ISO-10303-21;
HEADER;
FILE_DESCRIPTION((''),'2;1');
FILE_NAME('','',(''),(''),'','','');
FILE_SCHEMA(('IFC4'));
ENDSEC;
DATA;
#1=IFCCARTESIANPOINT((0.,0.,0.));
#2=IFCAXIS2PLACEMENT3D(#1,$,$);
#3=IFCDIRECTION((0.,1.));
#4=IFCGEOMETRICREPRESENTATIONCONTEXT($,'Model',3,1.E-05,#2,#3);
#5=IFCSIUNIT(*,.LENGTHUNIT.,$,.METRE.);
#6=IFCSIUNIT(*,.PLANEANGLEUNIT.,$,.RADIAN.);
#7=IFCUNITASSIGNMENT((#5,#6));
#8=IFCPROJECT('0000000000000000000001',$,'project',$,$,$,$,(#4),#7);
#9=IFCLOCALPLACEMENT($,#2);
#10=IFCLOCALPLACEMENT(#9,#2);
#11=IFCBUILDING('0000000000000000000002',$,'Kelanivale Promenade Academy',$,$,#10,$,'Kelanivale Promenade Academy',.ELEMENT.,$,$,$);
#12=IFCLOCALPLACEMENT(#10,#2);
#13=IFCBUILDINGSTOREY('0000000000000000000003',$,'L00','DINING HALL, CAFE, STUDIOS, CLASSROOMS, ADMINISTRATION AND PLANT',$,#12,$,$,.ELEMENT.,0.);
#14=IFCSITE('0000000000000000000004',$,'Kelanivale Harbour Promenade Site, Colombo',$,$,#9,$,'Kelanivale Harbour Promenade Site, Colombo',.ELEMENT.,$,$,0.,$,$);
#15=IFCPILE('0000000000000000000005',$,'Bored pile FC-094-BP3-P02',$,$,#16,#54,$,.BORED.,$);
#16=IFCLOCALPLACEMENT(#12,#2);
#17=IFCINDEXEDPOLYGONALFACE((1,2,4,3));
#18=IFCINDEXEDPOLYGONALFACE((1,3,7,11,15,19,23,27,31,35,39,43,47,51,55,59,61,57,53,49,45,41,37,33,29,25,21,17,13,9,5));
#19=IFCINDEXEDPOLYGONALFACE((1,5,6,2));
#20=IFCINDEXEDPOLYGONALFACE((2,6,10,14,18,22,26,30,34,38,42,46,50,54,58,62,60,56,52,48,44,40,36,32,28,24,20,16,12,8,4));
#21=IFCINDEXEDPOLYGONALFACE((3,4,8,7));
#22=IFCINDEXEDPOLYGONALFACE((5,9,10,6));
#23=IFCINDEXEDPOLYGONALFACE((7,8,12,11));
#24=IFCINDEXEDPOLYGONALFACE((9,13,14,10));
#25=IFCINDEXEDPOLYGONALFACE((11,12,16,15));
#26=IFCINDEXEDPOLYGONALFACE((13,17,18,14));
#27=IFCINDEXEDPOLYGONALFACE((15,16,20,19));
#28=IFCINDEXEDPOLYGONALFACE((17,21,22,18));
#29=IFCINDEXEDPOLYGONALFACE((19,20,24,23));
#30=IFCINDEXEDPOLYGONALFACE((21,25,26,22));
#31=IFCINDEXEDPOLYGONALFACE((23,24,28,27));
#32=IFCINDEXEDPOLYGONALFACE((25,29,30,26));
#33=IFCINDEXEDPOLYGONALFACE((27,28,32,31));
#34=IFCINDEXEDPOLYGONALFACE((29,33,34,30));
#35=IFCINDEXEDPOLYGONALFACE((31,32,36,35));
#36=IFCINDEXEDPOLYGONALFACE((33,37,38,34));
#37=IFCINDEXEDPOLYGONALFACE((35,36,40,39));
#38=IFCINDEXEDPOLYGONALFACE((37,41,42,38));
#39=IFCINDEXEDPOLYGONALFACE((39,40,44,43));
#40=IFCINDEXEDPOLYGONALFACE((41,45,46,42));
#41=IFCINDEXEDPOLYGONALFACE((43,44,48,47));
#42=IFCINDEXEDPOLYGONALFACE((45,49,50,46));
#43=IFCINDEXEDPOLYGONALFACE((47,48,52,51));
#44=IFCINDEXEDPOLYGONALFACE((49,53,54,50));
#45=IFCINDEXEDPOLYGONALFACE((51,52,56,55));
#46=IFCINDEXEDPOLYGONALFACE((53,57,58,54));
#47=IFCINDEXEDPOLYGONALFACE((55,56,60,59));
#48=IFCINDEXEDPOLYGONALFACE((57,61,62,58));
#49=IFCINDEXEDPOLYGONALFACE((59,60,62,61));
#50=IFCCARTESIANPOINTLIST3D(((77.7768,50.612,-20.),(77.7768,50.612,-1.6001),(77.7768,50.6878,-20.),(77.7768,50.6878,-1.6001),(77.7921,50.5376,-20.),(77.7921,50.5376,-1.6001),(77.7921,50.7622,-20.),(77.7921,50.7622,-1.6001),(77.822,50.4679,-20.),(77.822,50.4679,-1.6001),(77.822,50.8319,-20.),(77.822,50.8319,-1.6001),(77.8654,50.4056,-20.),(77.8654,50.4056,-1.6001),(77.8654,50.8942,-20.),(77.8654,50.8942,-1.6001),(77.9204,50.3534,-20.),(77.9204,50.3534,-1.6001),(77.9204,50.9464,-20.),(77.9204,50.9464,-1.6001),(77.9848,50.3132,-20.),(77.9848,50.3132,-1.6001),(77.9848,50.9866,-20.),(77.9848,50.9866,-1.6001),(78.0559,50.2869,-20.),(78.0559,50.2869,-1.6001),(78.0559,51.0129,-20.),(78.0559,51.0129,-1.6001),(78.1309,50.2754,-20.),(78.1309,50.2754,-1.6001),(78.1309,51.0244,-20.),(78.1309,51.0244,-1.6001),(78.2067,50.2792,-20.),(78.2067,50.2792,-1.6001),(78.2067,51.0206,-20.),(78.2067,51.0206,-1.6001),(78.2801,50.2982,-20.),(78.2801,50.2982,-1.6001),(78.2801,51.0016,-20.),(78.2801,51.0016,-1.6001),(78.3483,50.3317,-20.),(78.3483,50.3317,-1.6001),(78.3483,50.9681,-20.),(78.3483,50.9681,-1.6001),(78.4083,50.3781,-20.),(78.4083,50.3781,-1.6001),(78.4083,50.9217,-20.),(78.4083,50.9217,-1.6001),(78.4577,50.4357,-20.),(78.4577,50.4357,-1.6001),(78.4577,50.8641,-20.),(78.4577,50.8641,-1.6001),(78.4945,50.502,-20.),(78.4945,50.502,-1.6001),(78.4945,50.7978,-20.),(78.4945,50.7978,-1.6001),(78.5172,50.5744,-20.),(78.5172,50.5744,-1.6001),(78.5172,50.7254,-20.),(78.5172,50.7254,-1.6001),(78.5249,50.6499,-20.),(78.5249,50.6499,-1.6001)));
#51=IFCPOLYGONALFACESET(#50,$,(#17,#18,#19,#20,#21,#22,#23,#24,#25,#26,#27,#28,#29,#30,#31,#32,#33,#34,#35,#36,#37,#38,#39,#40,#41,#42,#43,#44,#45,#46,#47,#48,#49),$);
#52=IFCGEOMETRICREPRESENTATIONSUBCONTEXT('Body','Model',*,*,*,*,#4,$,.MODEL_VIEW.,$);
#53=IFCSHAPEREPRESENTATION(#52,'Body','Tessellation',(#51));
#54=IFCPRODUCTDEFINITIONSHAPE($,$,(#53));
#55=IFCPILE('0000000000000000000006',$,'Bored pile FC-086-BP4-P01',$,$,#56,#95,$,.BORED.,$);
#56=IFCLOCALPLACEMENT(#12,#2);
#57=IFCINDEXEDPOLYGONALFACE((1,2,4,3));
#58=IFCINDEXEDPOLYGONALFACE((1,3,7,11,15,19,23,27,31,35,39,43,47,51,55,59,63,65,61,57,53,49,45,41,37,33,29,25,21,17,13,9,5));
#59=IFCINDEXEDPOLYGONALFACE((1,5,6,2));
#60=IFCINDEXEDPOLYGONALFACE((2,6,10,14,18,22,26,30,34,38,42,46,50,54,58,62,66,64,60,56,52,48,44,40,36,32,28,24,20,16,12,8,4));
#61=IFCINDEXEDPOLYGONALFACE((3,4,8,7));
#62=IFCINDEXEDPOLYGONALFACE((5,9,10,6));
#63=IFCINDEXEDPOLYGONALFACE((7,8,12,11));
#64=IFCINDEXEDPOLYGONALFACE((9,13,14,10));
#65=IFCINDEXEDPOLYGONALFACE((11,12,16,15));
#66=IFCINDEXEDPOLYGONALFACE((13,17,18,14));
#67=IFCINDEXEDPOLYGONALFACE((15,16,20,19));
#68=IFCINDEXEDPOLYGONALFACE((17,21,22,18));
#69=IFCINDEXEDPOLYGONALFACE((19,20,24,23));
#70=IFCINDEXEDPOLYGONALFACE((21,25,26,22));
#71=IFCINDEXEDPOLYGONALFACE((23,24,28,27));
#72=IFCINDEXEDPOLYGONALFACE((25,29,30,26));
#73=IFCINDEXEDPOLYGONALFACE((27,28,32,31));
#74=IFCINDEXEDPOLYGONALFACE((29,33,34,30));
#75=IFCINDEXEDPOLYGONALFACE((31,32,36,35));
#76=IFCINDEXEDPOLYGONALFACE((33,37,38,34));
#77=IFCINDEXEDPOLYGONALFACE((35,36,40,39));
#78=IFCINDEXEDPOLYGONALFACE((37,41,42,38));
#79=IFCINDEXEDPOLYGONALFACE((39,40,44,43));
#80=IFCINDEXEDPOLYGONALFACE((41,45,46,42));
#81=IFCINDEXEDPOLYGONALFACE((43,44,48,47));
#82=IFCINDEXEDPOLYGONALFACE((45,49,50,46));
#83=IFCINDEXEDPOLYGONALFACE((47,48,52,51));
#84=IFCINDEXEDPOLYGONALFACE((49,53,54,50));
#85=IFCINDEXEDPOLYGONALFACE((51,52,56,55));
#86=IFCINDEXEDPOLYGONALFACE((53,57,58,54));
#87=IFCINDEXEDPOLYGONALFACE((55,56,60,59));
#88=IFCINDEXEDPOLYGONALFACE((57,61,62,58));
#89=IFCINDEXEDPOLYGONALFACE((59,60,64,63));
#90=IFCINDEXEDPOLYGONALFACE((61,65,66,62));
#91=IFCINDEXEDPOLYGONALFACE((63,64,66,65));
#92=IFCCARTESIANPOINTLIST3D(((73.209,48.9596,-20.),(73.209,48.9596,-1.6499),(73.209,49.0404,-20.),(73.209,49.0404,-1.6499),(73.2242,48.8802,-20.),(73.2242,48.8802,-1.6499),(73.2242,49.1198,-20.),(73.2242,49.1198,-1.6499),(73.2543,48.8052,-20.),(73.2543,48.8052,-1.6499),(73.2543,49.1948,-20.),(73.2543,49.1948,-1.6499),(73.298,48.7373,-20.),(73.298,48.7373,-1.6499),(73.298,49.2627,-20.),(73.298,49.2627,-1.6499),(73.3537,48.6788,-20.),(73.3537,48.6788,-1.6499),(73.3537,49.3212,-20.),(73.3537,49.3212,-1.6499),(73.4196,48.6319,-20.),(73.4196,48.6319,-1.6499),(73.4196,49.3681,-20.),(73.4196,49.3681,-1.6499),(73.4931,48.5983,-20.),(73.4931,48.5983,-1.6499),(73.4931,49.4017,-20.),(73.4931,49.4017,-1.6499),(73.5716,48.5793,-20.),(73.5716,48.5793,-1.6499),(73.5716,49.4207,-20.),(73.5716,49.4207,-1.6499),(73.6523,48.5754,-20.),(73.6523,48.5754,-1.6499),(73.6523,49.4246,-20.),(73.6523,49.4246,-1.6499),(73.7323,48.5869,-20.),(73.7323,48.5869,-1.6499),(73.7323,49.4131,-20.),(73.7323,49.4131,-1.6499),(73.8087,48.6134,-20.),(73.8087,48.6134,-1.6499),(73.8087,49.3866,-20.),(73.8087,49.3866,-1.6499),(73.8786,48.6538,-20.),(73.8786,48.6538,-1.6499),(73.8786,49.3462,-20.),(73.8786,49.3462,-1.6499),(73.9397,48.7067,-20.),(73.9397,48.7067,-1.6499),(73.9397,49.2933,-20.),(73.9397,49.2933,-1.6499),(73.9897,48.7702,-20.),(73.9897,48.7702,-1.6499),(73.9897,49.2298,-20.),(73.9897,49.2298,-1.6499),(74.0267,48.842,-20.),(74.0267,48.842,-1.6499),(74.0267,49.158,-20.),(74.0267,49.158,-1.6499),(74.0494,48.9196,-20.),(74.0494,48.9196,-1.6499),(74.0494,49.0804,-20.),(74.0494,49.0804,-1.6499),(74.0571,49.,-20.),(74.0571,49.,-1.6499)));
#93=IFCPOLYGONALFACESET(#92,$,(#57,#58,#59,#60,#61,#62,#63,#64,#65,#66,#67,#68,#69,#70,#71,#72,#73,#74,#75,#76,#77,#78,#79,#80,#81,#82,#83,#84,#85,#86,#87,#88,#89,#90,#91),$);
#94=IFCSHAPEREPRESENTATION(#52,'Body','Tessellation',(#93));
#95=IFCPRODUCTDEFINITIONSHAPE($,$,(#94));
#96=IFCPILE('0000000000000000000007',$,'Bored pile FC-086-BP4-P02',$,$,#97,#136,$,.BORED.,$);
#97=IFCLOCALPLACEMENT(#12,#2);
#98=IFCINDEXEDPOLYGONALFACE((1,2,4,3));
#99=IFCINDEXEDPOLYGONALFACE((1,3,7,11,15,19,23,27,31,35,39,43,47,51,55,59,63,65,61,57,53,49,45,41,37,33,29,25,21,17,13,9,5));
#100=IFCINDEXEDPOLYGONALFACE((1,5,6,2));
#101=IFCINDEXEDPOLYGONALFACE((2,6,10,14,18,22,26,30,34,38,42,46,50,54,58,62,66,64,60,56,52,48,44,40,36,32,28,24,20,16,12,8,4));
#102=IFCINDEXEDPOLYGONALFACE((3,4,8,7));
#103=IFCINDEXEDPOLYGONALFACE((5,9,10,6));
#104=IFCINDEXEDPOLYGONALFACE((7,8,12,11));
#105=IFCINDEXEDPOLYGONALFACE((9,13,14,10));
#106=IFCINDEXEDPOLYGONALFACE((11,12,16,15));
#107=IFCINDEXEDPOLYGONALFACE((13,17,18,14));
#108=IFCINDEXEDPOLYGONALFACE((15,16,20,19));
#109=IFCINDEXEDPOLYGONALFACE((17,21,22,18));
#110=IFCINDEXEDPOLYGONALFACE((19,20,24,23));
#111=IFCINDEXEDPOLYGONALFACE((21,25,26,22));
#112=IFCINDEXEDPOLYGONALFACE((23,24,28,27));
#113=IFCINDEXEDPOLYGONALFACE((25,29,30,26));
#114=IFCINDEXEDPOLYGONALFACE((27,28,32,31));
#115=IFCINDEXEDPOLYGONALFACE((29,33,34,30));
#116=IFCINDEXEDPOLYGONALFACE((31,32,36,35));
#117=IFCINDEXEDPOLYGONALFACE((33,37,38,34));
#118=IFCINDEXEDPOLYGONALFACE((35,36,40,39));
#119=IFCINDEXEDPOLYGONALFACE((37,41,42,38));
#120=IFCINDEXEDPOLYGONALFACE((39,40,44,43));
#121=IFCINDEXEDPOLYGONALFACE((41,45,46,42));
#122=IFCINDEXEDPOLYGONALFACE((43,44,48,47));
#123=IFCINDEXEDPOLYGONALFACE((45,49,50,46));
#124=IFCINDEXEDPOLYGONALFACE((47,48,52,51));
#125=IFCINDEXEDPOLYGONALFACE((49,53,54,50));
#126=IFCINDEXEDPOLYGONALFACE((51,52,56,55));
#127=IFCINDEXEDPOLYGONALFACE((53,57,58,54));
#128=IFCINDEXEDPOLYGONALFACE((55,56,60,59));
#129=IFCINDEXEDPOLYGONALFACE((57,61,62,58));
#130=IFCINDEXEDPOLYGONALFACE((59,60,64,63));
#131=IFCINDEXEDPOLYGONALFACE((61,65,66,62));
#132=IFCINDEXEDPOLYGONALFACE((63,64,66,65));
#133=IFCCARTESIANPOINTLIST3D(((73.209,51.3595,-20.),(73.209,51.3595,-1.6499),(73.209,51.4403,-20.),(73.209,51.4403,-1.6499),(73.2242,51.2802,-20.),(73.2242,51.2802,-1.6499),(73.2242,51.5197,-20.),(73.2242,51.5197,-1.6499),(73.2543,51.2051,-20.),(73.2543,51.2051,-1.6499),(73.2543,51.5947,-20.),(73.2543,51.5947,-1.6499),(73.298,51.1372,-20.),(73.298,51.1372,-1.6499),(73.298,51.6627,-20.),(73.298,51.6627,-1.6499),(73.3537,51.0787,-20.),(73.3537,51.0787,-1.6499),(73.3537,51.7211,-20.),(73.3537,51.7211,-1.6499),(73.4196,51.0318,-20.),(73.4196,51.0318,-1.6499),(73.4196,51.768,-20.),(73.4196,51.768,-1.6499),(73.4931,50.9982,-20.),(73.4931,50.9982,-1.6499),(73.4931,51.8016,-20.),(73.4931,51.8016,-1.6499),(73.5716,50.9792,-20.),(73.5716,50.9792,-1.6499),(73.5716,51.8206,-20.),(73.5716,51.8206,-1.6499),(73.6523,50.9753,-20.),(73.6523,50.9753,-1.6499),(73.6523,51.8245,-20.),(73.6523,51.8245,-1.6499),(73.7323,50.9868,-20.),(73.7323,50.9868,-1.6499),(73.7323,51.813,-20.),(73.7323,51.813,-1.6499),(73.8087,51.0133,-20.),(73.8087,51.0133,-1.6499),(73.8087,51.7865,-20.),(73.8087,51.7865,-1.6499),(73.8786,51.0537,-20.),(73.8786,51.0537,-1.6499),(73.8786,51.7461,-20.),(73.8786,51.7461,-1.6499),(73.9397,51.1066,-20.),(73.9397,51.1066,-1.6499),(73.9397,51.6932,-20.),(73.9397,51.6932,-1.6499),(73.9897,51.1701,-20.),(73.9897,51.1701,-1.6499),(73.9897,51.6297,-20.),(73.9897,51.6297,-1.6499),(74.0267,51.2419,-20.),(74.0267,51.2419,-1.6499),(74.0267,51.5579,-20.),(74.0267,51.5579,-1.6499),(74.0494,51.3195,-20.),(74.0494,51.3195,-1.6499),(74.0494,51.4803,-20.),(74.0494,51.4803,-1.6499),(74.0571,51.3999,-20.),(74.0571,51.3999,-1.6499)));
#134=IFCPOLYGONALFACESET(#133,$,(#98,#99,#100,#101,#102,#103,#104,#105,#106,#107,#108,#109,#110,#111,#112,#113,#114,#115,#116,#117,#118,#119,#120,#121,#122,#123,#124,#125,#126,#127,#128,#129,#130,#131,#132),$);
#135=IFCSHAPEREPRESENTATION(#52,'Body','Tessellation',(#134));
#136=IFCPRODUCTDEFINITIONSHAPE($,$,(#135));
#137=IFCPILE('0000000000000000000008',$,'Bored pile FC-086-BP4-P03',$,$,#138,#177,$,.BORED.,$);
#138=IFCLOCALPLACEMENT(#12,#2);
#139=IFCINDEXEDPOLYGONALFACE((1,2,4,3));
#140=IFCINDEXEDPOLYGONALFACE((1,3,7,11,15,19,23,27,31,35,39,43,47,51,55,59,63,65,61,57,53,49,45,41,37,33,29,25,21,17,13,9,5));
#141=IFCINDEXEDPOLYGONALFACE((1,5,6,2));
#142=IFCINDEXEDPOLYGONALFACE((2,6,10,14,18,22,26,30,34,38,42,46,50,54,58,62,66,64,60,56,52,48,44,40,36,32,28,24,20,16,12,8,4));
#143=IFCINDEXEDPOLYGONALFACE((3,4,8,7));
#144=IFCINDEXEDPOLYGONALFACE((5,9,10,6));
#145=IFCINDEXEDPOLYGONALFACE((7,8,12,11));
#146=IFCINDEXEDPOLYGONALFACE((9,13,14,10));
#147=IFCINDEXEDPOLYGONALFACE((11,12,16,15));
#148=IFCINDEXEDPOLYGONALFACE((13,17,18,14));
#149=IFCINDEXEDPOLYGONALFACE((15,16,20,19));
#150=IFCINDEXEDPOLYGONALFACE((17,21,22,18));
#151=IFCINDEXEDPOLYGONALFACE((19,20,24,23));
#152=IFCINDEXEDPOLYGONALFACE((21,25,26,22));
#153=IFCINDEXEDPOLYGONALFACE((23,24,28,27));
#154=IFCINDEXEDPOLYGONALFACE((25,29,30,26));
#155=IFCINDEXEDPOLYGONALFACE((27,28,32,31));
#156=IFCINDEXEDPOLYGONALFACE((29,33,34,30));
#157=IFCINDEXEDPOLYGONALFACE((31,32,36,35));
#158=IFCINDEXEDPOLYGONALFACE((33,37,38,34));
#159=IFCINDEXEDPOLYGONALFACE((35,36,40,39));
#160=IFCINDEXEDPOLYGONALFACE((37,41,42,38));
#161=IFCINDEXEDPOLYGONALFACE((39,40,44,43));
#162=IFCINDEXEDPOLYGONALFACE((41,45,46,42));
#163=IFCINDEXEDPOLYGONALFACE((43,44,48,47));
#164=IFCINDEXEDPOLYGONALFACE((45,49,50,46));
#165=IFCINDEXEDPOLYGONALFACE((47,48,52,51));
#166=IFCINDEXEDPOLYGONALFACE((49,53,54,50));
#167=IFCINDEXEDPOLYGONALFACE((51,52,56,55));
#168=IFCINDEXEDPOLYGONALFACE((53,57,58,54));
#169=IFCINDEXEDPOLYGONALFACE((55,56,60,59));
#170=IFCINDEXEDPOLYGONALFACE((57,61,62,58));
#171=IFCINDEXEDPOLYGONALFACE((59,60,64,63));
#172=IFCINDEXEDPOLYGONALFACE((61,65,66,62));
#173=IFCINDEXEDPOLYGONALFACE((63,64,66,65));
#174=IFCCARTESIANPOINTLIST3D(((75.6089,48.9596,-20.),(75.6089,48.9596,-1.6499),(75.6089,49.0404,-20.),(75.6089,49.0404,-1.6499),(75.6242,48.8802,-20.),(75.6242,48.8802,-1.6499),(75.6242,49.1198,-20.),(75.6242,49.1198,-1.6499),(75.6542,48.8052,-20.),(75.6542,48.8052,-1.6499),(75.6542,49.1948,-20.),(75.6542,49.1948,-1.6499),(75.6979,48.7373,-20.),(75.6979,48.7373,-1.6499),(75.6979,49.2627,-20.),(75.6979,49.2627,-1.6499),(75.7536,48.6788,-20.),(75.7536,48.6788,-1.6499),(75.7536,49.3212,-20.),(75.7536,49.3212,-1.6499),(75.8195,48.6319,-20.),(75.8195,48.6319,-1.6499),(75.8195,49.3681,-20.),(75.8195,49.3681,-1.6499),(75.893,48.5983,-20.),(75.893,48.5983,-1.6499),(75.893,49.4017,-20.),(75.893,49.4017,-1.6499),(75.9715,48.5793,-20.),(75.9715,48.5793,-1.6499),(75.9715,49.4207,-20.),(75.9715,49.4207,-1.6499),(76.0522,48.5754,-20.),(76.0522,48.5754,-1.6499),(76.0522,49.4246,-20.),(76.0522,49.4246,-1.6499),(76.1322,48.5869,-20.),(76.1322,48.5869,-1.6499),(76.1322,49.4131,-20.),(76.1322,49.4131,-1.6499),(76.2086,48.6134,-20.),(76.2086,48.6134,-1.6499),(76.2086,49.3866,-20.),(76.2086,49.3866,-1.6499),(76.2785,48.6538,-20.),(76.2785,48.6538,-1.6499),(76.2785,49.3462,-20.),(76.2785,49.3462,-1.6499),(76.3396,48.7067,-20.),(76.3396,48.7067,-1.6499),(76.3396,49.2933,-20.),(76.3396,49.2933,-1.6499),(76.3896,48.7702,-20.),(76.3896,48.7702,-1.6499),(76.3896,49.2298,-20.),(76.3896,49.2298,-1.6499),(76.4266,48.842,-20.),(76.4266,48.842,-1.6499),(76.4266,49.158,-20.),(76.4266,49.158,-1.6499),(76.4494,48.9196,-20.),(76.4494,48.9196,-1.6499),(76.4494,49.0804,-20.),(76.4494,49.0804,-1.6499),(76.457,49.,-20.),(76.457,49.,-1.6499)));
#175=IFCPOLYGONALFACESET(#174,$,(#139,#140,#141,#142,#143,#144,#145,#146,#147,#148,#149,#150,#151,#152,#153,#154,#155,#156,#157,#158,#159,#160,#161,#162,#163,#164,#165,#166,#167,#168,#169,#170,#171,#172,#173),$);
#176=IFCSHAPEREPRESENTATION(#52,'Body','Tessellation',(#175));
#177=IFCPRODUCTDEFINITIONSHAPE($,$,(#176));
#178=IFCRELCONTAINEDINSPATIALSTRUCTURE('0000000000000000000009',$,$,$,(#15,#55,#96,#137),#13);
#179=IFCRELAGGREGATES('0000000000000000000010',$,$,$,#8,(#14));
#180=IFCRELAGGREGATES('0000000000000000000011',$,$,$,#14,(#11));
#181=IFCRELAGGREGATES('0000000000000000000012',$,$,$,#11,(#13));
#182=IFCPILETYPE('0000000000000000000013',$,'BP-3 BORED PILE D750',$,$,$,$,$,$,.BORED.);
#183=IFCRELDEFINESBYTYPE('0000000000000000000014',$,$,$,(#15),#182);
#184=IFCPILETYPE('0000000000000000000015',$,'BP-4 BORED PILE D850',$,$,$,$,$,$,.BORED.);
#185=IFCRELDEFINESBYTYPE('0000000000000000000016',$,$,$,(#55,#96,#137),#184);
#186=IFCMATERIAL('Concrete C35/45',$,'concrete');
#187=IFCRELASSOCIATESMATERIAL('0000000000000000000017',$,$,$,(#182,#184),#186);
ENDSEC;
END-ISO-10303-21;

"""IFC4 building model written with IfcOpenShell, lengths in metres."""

from ifc_helpers import new_model, si_unit, direction, frame, origin, origin_2d, place, context, subcontext, project, spatial, circle, extrude, material, material_profile, profile_set, type_object, element, save


model = new_model("IFC4")

# Units and contexts
model_context = context("Model", 3, precision=1e-05, world=origin(), true_north=direction((0.0, 1.0)))
body_context = subcontext(model_context, "Body", "Model", "MODEL_VIEW")
ifc_project = project(units=[si_unit("LENGTHUNIT", "METRE"), si_unit("PLANEANGLEUNIT", "RADIAN")], contexts=[model_context])

# Site, building, storey
site_placement = place(None, origin())
site = spatial("IfcSite", under=ifc_project, at=site_placement, Name="Kelanivale Harbour Promenade Site, Colombo", LongName="Kelanivale Harbour Promenade Site, Colombo", CompositionType="ELEMENT", RefElevation=0.0)
building_placement = place(site_placement, origin())
building = spatial("IfcBuilding", under=site, at=building_placement, Name="Kelanivale Promenade Academy", LongName="Kelanivale Promenade Academy", CompositionType="ELEMENT")
storey_placement = place(building_placement, origin())
storey = spatial("IfcBuildingStorey", under=building, at=storey_placement, Name="L00", Description="DINING HALL, CAFE, STUDIOS, CLASSROOMS, ADMINISTRATION AND PLANT", CompositionType="ELEMENT", Elevation=0.0)

# Piles
ifc_material_1 = material(Name="Concrete C35/45", Category="concrete")
ifc_material_profile_1 = material_profile(ifc_material_1, circle(Radius=0.375, at=origin_2d()), Name="BORED PILE D750")
ifc_profile_set_1 = profile_set([ifc_material_profile_1], Name="Concrete C35/45")
pile_type_1 = type_object("IfcPileType", Name="BP-3 BORED PILE D750", PredefinedType="BORED", material=ifc_profile_set_1)
pile_placement = place(storey_placement, frame((78.1499, 50.6499, -1.6001), z_axis=(0.0, 0.0, -1.0), x_axis=(1.0, 0.0, 0.0)))
element("IfcPile", 1, at=pile_placement, inside=storey, type_object=pile_type_1, Name="Bored pile FC-094-BP3-P02", PredefinedType="BORED", context=body_context, shape_type="SweptSolid", body=[
    extrude(circle(Radius=0.375, at=origin_2d()), origin(), (0.0, 0.0, 1.0), 18.3999),
])
ifc_material_profile_2 = material_profile(ifc_material_1, circle(Radius=0.425, at=origin_2d()), Name="BORED PILE D850")
ifc_profile_set_2 = profile_set([ifc_material_profile_2], Name="Concrete C35/45")
pile_type_2 = type_object("IfcPileType", Name="BP-4 BORED PILE D850", PredefinedType="BORED", material=ifc_profile_set_2)
for number, where, z_axis, x_axis, name in (
    (2, (73.6321, 49.0, -1.6499), (0.0, 0.0, -1.0), (1.0, 0.0, 0.0), "Bored pile FC-086-BP4-P01"),
    (3, (73.6321, 51.3999, -1.6499), (0.0, 0.0, -1.0), (1.0, 0.0, 0.0), "Bored pile FC-086-BP4-P02"),
    (4, (76.032, 49.0, -1.6499), (0.0, 0.0, -1.0), (1.0, 0.0, 0.0), "Bored pile FC-086-BP4-P03"),
):
    element("IfcPile", number, at=place(storey_placement, frame(where, z_axis=z_axis, x_axis=x_axis)), inside=storey, type_object=pile_type_2, Name=name, PredefinedType="BORED", context=body_context, shape_type="SweptSolid", body=[
        extrude(circle(Radius=0.425, at=origin_2d()), origin(), (0.0, 0.0, 1.0), 18.3501),
    ])

save(model, "model.ifc")
